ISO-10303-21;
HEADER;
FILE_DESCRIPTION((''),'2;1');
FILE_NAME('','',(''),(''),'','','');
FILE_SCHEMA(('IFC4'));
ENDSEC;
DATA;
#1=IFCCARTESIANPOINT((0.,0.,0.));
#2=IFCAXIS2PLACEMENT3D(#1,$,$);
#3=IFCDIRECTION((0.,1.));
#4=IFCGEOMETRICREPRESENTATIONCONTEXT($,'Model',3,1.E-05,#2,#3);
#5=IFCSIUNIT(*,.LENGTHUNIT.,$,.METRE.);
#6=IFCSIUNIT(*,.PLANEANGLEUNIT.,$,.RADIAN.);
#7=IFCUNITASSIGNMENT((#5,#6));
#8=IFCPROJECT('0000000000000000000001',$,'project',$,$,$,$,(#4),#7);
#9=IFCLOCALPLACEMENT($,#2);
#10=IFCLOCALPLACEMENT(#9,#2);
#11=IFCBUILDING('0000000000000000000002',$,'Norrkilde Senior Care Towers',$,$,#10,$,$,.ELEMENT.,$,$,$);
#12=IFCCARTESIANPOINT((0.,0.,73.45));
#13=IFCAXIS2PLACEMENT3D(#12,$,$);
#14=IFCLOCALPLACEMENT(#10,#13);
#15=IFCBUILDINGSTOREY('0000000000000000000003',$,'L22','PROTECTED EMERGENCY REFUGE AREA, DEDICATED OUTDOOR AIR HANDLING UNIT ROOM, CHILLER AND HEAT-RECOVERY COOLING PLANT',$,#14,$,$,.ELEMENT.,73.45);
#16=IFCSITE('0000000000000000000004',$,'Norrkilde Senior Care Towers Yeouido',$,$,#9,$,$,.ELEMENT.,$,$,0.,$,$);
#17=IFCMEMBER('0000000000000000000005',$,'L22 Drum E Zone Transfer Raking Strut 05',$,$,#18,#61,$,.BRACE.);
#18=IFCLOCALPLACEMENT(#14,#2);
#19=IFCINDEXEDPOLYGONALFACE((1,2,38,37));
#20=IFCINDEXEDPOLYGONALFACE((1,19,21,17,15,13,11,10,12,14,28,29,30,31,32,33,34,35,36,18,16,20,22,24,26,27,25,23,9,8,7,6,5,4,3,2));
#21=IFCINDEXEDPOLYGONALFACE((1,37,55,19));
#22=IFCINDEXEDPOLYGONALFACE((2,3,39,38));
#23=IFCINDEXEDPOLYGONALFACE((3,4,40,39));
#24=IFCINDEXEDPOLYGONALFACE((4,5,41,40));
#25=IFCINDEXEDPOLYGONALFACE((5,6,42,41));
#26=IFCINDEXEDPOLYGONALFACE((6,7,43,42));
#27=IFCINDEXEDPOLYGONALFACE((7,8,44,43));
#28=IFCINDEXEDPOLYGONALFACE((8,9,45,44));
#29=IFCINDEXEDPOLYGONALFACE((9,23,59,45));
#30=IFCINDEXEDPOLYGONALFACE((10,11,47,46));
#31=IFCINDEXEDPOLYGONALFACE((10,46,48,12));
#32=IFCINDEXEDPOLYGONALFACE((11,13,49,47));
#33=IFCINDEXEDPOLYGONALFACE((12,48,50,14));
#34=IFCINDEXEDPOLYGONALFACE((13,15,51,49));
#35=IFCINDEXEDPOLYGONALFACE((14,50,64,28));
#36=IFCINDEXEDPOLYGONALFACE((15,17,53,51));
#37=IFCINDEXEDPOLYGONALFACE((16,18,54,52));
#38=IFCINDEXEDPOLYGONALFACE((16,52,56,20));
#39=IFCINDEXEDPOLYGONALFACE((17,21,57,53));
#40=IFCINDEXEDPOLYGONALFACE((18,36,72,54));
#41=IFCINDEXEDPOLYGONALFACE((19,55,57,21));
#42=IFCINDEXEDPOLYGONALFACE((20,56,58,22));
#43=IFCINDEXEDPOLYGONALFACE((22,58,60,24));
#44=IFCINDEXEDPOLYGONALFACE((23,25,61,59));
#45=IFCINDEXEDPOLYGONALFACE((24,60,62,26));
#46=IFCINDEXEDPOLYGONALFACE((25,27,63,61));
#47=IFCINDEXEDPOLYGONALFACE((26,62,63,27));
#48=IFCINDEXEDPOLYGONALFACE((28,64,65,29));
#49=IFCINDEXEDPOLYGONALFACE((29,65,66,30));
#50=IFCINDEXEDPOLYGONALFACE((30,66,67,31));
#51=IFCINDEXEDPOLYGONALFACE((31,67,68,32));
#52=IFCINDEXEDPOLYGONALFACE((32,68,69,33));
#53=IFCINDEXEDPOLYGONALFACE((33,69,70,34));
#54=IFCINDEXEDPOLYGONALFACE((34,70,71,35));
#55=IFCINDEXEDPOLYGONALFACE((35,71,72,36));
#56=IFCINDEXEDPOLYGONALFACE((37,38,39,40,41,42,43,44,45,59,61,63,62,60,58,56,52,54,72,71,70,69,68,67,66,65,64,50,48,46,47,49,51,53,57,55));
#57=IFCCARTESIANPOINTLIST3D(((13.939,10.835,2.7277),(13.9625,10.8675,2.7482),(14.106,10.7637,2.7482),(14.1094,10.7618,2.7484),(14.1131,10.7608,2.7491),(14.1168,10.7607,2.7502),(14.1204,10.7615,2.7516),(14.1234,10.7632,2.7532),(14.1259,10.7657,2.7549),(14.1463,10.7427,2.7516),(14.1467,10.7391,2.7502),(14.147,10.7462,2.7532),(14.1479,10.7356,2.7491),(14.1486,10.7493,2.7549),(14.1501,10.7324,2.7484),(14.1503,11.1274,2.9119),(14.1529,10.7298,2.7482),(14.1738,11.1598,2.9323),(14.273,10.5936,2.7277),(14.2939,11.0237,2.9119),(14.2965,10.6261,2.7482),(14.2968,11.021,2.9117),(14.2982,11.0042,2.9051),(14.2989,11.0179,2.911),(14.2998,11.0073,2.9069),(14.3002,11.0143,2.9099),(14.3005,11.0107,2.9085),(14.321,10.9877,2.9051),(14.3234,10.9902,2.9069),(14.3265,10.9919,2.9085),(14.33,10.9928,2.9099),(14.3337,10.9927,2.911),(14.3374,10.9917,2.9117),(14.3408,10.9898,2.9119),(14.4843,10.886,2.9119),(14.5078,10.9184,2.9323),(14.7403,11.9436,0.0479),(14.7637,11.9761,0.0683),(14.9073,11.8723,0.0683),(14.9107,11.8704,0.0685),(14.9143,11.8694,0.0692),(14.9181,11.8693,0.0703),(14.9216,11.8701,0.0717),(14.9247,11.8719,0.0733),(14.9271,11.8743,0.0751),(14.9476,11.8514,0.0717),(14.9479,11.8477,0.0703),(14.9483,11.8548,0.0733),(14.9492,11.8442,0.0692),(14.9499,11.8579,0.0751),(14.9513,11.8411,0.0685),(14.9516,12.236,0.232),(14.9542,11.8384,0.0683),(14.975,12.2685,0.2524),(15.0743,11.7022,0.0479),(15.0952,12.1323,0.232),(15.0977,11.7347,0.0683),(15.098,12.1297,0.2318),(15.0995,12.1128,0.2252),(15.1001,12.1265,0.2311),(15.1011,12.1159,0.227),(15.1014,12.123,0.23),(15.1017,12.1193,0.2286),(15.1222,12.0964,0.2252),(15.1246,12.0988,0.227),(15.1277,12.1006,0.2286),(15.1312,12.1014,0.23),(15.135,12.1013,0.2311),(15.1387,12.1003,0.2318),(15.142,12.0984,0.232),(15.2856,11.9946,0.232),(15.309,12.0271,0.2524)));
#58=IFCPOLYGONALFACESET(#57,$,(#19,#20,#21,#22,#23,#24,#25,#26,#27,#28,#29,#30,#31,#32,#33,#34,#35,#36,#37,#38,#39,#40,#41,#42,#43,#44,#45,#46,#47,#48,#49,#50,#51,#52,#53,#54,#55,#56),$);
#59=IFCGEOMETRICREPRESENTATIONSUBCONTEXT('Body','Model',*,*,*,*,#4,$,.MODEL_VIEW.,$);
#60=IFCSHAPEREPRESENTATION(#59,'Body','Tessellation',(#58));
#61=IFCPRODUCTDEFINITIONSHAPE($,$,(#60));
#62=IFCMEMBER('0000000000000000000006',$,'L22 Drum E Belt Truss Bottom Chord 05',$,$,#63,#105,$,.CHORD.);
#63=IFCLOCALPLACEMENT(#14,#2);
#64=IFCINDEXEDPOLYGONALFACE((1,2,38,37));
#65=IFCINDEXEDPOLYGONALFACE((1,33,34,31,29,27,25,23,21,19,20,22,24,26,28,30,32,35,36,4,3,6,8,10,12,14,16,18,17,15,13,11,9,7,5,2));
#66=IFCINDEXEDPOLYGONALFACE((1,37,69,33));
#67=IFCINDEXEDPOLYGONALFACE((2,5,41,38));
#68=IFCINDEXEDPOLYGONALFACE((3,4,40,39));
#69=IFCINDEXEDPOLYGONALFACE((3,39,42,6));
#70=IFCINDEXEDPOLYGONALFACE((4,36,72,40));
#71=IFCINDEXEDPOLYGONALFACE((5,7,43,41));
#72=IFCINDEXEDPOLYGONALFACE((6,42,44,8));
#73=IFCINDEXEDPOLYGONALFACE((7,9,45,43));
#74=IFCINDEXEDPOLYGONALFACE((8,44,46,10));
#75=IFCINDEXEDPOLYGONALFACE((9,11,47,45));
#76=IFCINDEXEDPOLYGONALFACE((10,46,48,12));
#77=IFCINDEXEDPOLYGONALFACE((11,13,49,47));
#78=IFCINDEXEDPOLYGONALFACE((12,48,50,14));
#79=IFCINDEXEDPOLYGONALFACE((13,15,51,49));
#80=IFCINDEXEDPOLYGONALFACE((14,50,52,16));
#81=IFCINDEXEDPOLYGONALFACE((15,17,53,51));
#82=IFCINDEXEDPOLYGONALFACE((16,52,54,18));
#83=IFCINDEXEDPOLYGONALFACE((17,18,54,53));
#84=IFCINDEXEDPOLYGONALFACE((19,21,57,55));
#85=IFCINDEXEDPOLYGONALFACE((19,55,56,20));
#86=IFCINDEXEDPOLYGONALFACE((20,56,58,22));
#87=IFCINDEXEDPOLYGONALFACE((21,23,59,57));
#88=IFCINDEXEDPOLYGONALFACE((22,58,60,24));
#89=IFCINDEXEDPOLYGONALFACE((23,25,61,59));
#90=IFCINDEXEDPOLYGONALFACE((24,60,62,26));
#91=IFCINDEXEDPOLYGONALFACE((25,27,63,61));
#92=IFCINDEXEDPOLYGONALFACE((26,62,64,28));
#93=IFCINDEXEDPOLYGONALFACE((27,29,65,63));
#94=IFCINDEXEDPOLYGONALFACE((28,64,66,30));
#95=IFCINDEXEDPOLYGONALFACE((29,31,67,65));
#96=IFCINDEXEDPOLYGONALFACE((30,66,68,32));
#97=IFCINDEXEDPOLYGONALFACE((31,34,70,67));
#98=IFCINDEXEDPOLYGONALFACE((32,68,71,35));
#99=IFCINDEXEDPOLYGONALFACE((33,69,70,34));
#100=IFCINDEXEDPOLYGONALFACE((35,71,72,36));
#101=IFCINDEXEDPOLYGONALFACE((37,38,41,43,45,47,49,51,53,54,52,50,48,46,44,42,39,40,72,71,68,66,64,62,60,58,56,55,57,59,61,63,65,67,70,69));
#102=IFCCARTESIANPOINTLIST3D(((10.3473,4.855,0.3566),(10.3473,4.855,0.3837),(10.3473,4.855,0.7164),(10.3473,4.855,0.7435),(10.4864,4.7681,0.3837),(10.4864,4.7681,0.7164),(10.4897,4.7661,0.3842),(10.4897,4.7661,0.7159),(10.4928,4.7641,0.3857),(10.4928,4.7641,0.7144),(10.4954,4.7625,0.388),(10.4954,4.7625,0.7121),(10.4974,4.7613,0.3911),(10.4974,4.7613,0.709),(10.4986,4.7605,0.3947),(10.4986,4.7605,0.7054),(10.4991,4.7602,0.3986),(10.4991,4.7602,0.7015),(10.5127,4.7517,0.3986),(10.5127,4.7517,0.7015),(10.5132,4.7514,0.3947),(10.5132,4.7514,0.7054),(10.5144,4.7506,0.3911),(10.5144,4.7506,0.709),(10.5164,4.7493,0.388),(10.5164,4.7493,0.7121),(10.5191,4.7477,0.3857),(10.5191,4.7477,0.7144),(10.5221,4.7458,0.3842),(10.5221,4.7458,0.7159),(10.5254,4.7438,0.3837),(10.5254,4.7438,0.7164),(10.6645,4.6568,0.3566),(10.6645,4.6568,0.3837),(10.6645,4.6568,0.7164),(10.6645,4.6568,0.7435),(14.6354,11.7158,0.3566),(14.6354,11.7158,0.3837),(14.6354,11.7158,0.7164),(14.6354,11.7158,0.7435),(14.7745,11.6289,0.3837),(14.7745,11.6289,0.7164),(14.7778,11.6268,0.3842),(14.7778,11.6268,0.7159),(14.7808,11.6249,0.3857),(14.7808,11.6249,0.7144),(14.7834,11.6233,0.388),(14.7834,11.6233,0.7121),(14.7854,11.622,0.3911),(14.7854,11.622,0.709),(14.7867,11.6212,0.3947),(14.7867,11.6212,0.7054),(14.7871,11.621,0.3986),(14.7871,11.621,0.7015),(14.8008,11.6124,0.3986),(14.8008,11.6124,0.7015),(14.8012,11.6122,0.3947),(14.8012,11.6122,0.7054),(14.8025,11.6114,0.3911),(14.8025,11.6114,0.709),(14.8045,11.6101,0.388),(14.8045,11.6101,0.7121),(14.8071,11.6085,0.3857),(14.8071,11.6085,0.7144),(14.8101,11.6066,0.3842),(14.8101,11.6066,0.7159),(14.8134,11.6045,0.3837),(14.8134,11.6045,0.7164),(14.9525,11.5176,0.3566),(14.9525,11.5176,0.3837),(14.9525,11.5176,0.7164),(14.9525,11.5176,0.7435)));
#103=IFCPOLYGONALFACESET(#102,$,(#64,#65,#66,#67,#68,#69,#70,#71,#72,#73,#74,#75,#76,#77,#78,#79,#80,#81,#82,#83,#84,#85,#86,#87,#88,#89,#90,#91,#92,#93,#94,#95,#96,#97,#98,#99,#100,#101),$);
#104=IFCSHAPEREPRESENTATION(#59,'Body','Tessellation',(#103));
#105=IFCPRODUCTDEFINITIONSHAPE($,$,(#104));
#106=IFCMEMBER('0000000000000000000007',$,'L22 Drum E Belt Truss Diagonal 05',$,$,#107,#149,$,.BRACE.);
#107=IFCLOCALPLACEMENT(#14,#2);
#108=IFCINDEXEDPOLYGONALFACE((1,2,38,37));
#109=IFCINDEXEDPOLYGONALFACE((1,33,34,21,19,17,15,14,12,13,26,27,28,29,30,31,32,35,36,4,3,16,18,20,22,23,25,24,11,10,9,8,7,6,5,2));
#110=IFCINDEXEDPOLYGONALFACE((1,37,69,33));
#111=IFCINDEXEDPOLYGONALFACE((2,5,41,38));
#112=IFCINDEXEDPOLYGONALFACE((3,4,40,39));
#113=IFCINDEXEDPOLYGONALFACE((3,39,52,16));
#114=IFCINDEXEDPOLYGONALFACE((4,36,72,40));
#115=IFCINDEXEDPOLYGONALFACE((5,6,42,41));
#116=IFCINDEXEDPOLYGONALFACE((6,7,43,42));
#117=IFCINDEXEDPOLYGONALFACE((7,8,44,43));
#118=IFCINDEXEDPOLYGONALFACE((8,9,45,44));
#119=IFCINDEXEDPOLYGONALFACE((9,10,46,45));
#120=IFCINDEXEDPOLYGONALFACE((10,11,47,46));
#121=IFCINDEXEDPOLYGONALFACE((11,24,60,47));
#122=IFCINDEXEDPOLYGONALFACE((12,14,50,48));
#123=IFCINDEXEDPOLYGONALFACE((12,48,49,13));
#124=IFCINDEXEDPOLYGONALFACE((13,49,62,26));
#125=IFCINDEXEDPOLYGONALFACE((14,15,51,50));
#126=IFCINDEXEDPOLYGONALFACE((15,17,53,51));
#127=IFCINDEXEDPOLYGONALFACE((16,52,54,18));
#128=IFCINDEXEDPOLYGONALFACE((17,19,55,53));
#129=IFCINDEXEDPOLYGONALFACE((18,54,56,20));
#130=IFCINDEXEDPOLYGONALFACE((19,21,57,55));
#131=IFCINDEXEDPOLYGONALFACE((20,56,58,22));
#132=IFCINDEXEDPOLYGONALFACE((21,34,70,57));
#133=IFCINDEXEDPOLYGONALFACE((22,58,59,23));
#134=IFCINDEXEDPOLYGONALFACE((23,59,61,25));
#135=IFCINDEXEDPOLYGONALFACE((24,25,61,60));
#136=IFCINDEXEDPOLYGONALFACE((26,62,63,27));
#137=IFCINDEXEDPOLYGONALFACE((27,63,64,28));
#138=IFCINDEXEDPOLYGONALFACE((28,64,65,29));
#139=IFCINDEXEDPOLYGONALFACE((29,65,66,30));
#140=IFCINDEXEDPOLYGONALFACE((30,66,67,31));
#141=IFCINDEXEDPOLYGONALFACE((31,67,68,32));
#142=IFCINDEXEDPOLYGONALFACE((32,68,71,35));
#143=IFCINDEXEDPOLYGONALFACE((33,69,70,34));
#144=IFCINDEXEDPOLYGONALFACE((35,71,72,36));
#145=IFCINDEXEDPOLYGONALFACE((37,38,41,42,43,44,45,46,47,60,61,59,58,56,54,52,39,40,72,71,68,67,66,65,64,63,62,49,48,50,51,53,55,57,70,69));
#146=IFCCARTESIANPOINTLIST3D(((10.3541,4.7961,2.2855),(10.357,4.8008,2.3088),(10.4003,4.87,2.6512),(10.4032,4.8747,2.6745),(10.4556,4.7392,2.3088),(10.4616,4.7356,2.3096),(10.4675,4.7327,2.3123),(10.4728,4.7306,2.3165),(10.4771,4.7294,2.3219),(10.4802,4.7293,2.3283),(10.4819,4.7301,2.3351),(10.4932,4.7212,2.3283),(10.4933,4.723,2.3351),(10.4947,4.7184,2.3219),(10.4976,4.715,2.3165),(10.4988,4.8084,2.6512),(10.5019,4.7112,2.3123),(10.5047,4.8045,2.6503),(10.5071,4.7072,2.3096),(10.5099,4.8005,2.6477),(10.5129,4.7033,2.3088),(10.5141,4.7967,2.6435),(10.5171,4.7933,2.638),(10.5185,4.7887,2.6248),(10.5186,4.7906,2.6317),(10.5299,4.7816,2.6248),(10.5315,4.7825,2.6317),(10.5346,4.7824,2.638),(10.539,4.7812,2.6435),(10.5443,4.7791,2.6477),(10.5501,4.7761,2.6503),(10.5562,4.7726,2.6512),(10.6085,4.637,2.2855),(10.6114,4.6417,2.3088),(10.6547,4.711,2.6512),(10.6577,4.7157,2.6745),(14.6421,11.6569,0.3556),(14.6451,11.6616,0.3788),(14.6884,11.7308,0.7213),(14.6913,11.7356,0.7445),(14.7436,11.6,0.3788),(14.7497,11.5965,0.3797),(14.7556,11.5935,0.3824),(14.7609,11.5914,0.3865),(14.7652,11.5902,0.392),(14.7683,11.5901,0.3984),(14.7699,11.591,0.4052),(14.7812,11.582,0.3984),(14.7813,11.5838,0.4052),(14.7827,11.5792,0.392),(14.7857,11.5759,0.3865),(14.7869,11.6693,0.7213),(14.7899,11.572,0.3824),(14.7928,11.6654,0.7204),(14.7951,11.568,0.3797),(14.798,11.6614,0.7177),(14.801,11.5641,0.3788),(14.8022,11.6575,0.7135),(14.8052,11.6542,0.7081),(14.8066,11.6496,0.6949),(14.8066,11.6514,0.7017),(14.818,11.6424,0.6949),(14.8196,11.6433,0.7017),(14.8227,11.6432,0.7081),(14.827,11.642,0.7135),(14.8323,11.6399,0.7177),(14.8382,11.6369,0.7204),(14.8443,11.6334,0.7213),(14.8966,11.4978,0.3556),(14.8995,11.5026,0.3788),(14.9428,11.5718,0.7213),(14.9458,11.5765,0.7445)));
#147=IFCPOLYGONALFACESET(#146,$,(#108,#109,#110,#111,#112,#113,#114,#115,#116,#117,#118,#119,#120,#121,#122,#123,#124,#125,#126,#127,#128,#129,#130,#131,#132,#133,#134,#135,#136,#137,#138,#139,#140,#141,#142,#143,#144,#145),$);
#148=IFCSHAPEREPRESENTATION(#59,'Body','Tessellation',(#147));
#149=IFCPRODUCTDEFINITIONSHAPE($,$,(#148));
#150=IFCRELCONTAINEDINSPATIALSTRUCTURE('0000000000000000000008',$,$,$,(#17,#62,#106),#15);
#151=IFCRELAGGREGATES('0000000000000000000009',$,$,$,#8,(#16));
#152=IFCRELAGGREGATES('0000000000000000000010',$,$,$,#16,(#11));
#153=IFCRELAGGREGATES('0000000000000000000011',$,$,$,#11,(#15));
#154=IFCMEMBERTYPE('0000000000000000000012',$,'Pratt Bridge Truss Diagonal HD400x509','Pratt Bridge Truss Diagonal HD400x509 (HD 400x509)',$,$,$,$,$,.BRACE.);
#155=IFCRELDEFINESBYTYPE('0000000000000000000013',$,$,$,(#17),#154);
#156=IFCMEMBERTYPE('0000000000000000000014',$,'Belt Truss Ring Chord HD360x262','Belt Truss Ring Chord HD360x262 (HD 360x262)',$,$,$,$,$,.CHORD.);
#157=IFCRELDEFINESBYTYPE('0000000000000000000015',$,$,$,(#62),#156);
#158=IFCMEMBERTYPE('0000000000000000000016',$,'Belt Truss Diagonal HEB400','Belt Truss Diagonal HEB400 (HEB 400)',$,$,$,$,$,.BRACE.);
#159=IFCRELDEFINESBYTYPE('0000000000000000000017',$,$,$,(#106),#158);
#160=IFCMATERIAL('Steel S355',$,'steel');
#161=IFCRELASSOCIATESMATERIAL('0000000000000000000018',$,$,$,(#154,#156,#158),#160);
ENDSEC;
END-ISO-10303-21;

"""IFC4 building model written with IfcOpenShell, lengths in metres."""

from ifc_helpers import new_model, si_unit, direction, frame, origin, origin_2d, place, context, subcontext, project, spatial, i_section, extrude, source, transform, mapped, material, material_profile, profile_set, type_object, element, save


model = new_model("IFC4")

# Units and contexts
model_context = context("Model", 3, precision=1e-05, world=origin(), true_north=direction((0.0, 1.0)))
body_context = subcontext(model_context, "Body", "Model", "MODEL_VIEW")
ifc_project = project(units=[si_unit("LENGTHUNIT", "METRE"), si_unit("PLANEANGLEUNIT", "RADIAN")], contexts=[model_context])

# Site, building, storey
site_placement = place(None, origin())
site = spatial("IfcSite", under=ifc_project, at=site_placement, Name="Norrkilde Senior Care Towers Yeouido", CompositionType="ELEMENT", RefElevation=0.0)
building_placement = place(site_placement, origin())
building = spatial("IfcBuilding", under=site, at=building_placement, Name="Norrkilde Senior Care Towers", CompositionType="ELEMENT")
storey_placement = place(building_placement, frame((0.0, 0.0, 73.45)))
storey = spatial("IfcBuildingStorey", under=building, at=storey_placement, Name="L22", Description="PROTECTED EMERGENCY REFUGE AREA, DEDICATED OUTDOOR AIR HANDLING UNIT ROOM, CHILLER AND HEAT-RECOVERY COOLING PLANT", CompositionType="ELEMENT", Elevation=73.45)

# Members
ifc_material_1 = material(Name="Steel S355", Category="steel")
ifc_material_profile_1 = material_profile(ifc_material_1, i_section(OverallWidth=0.4121, OverallDepth=0.45, WebThickness=0.0281, FlangeThickness=0.0449, FilletRadius=0.0149, at=origin_2d()), Name="HD 400x509")
ifc_profile_set_1 = profile_set([ifc_material_profile_1], Name="Steel S355")
member_type_1 = type_object("IfcMemberType", Name="Pratt Bridge Truss Diagonal HD400x509", Description="Pratt Bridge Truss Diagonal HD400x509 (HD 400x509)", PredefinedType="BRACE", material=ifc_profile_set_1)
shared_shape_1 = source(origin(), body_context, "Body", "SweptSolid", [
    extrude(i_section(OverallWidth=0.4121, OverallDepth=0.45, WebThickness=0.0281, FlangeThickness=0.0449, FilletRadius=0.0149, at=origin_2d()), origin(), (0.0, 0.0, 1.0), 3.0088),
])
member_1_placement = place(storey_placement, frame((15.0247, 11.9854, 0.1501), z_axis=(-0.266305, -0.368461, 0.890684), x_axis=(0.810477, -0.585771, 0.0)))
element("IfcMember", 1, at=member_1_placement, inside=storey, type_object=member_type_1, Name="L22 Drum E Zone Transfer Raking Strut 05", PredefinedType="BRACE", context=body_context, shape_type="MappedRepresentation", body=[
    mapped(shared_shape_1, transform((0.0, 0.0, 0.0), x_axis=(1.0, 0.0, 0.0), y_axis=(0.0, 1.0, 0.0), z_axis=(0.0, 0.0, 1.0), scale=1.0)),
])
ifc_material_profile_2 = material_profile(ifc_material_1, i_section(OverallWidth=0.374, OverallDepth=0.387, WebThickness=0.0161, FlangeThickness=0.0271, FilletRadius=0.0149, at=origin_2d()), Name="HD 360x262")
ifc_profile_set_2 = profile_set([ifc_material_profile_2], Name="Steel S355")
member_type_2 = type_object("IfcMemberType", Name="Belt Truss Ring Chord HD360x262", Description="Belt Truss Ring Chord HD360x262 (HD 360x262)", PredefinedType="CHORD", material=ifc_profile_set_2)
shared_shape_2 = source(origin(), body_context, "Body", "SweptSolid", [
    extrude(i_section(OverallWidth=0.374, OverallDepth=0.387, WebThickness=0.0161, FlangeThickness=0.0271, FilletRadius=0.0149, at=origin_2d()), origin(), (0.0, 0.0, 1.0), 8.0906),
])
member_2_placement = place(storey_placement, frame((14.7939, 11.6167, 0.55), z_axis=(-0.530004, -0.847995, 0.0), x_axis=(0.847995, -0.530004, 0.0)))
element("IfcMember", 2, at=member_2_placement, inside=storey, type_object=member_type_2, Name="L22 Drum E Belt Truss Bottom Chord 05", PredefinedType="CHORD", context=body_context, shape_type="MappedRepresentation", body=[
    mapped(shared_shape_2, transform((0.0, 0.0, 0.0), x_axis=(1.0, 0.0, 0.0), y_axis=(0.0, 1.0, 0.0), z_axis=(0.0, 0.0, 1.0), scale=1.0)),
])
ifc_material_profile_3 = material_profile(ifc_material_1, i_section(OverallWidth=0.3, OverallDepth=0.3999, WebThickness=0.0134, FlangeThickness=0.0239, FilletRadius=0.0271, at=origin_2d()), Name="HEB 400")
ifc_profile_set_3 = profile_set([ifc_material_profile_3], Name="Steel S355")
member_type_3 = type_object("IfcMemberType", Name="Belt Truss Diagonal HEB400", Description="Belt Truss Diagonal HEB400 (HEB 400)", PredefinedType="BRACE", material=ifc_profile_set_3)
shared_shape_3 = source(origin(), body_context, "Body", "SweptSolid", [
    extrude(i_section(OverallWidth=0.3, OverallDepth=0.3999, WebThickness=0.0134, FlangeThickness=0.0239, FilletRadius=0.0271, at=origin_2d()), origin(), (0.0, 0.0, 1.0), 8.3176),
])
member_3_placement = place(storey_placement, frame((14.7939, 11.6167, 0.55), z_axis=(-0.51554, -0.824852, 0.232028), x_axis=(0.847995, -0.530004, 0.0)))
element("IfcMember", 3, at=member_3_placement, inside=storey, type_object=member_type_3, Name="L22 Drum E Belt Truss Diagonal 05", PredefinedType="BRACE", context=body_context, shape_type="MappedRepresentation", body=[
    mapped(shared_shape_3, transform((0.0, 0.0, 0.0), x_axis=(1.0, 0.0, 0.0), y_axis=(0.0, 1.0, 0.0), z_axis=(0.0, 0.0, 1.0), scale=1.0)),
])

save(model, "model.ifc")
